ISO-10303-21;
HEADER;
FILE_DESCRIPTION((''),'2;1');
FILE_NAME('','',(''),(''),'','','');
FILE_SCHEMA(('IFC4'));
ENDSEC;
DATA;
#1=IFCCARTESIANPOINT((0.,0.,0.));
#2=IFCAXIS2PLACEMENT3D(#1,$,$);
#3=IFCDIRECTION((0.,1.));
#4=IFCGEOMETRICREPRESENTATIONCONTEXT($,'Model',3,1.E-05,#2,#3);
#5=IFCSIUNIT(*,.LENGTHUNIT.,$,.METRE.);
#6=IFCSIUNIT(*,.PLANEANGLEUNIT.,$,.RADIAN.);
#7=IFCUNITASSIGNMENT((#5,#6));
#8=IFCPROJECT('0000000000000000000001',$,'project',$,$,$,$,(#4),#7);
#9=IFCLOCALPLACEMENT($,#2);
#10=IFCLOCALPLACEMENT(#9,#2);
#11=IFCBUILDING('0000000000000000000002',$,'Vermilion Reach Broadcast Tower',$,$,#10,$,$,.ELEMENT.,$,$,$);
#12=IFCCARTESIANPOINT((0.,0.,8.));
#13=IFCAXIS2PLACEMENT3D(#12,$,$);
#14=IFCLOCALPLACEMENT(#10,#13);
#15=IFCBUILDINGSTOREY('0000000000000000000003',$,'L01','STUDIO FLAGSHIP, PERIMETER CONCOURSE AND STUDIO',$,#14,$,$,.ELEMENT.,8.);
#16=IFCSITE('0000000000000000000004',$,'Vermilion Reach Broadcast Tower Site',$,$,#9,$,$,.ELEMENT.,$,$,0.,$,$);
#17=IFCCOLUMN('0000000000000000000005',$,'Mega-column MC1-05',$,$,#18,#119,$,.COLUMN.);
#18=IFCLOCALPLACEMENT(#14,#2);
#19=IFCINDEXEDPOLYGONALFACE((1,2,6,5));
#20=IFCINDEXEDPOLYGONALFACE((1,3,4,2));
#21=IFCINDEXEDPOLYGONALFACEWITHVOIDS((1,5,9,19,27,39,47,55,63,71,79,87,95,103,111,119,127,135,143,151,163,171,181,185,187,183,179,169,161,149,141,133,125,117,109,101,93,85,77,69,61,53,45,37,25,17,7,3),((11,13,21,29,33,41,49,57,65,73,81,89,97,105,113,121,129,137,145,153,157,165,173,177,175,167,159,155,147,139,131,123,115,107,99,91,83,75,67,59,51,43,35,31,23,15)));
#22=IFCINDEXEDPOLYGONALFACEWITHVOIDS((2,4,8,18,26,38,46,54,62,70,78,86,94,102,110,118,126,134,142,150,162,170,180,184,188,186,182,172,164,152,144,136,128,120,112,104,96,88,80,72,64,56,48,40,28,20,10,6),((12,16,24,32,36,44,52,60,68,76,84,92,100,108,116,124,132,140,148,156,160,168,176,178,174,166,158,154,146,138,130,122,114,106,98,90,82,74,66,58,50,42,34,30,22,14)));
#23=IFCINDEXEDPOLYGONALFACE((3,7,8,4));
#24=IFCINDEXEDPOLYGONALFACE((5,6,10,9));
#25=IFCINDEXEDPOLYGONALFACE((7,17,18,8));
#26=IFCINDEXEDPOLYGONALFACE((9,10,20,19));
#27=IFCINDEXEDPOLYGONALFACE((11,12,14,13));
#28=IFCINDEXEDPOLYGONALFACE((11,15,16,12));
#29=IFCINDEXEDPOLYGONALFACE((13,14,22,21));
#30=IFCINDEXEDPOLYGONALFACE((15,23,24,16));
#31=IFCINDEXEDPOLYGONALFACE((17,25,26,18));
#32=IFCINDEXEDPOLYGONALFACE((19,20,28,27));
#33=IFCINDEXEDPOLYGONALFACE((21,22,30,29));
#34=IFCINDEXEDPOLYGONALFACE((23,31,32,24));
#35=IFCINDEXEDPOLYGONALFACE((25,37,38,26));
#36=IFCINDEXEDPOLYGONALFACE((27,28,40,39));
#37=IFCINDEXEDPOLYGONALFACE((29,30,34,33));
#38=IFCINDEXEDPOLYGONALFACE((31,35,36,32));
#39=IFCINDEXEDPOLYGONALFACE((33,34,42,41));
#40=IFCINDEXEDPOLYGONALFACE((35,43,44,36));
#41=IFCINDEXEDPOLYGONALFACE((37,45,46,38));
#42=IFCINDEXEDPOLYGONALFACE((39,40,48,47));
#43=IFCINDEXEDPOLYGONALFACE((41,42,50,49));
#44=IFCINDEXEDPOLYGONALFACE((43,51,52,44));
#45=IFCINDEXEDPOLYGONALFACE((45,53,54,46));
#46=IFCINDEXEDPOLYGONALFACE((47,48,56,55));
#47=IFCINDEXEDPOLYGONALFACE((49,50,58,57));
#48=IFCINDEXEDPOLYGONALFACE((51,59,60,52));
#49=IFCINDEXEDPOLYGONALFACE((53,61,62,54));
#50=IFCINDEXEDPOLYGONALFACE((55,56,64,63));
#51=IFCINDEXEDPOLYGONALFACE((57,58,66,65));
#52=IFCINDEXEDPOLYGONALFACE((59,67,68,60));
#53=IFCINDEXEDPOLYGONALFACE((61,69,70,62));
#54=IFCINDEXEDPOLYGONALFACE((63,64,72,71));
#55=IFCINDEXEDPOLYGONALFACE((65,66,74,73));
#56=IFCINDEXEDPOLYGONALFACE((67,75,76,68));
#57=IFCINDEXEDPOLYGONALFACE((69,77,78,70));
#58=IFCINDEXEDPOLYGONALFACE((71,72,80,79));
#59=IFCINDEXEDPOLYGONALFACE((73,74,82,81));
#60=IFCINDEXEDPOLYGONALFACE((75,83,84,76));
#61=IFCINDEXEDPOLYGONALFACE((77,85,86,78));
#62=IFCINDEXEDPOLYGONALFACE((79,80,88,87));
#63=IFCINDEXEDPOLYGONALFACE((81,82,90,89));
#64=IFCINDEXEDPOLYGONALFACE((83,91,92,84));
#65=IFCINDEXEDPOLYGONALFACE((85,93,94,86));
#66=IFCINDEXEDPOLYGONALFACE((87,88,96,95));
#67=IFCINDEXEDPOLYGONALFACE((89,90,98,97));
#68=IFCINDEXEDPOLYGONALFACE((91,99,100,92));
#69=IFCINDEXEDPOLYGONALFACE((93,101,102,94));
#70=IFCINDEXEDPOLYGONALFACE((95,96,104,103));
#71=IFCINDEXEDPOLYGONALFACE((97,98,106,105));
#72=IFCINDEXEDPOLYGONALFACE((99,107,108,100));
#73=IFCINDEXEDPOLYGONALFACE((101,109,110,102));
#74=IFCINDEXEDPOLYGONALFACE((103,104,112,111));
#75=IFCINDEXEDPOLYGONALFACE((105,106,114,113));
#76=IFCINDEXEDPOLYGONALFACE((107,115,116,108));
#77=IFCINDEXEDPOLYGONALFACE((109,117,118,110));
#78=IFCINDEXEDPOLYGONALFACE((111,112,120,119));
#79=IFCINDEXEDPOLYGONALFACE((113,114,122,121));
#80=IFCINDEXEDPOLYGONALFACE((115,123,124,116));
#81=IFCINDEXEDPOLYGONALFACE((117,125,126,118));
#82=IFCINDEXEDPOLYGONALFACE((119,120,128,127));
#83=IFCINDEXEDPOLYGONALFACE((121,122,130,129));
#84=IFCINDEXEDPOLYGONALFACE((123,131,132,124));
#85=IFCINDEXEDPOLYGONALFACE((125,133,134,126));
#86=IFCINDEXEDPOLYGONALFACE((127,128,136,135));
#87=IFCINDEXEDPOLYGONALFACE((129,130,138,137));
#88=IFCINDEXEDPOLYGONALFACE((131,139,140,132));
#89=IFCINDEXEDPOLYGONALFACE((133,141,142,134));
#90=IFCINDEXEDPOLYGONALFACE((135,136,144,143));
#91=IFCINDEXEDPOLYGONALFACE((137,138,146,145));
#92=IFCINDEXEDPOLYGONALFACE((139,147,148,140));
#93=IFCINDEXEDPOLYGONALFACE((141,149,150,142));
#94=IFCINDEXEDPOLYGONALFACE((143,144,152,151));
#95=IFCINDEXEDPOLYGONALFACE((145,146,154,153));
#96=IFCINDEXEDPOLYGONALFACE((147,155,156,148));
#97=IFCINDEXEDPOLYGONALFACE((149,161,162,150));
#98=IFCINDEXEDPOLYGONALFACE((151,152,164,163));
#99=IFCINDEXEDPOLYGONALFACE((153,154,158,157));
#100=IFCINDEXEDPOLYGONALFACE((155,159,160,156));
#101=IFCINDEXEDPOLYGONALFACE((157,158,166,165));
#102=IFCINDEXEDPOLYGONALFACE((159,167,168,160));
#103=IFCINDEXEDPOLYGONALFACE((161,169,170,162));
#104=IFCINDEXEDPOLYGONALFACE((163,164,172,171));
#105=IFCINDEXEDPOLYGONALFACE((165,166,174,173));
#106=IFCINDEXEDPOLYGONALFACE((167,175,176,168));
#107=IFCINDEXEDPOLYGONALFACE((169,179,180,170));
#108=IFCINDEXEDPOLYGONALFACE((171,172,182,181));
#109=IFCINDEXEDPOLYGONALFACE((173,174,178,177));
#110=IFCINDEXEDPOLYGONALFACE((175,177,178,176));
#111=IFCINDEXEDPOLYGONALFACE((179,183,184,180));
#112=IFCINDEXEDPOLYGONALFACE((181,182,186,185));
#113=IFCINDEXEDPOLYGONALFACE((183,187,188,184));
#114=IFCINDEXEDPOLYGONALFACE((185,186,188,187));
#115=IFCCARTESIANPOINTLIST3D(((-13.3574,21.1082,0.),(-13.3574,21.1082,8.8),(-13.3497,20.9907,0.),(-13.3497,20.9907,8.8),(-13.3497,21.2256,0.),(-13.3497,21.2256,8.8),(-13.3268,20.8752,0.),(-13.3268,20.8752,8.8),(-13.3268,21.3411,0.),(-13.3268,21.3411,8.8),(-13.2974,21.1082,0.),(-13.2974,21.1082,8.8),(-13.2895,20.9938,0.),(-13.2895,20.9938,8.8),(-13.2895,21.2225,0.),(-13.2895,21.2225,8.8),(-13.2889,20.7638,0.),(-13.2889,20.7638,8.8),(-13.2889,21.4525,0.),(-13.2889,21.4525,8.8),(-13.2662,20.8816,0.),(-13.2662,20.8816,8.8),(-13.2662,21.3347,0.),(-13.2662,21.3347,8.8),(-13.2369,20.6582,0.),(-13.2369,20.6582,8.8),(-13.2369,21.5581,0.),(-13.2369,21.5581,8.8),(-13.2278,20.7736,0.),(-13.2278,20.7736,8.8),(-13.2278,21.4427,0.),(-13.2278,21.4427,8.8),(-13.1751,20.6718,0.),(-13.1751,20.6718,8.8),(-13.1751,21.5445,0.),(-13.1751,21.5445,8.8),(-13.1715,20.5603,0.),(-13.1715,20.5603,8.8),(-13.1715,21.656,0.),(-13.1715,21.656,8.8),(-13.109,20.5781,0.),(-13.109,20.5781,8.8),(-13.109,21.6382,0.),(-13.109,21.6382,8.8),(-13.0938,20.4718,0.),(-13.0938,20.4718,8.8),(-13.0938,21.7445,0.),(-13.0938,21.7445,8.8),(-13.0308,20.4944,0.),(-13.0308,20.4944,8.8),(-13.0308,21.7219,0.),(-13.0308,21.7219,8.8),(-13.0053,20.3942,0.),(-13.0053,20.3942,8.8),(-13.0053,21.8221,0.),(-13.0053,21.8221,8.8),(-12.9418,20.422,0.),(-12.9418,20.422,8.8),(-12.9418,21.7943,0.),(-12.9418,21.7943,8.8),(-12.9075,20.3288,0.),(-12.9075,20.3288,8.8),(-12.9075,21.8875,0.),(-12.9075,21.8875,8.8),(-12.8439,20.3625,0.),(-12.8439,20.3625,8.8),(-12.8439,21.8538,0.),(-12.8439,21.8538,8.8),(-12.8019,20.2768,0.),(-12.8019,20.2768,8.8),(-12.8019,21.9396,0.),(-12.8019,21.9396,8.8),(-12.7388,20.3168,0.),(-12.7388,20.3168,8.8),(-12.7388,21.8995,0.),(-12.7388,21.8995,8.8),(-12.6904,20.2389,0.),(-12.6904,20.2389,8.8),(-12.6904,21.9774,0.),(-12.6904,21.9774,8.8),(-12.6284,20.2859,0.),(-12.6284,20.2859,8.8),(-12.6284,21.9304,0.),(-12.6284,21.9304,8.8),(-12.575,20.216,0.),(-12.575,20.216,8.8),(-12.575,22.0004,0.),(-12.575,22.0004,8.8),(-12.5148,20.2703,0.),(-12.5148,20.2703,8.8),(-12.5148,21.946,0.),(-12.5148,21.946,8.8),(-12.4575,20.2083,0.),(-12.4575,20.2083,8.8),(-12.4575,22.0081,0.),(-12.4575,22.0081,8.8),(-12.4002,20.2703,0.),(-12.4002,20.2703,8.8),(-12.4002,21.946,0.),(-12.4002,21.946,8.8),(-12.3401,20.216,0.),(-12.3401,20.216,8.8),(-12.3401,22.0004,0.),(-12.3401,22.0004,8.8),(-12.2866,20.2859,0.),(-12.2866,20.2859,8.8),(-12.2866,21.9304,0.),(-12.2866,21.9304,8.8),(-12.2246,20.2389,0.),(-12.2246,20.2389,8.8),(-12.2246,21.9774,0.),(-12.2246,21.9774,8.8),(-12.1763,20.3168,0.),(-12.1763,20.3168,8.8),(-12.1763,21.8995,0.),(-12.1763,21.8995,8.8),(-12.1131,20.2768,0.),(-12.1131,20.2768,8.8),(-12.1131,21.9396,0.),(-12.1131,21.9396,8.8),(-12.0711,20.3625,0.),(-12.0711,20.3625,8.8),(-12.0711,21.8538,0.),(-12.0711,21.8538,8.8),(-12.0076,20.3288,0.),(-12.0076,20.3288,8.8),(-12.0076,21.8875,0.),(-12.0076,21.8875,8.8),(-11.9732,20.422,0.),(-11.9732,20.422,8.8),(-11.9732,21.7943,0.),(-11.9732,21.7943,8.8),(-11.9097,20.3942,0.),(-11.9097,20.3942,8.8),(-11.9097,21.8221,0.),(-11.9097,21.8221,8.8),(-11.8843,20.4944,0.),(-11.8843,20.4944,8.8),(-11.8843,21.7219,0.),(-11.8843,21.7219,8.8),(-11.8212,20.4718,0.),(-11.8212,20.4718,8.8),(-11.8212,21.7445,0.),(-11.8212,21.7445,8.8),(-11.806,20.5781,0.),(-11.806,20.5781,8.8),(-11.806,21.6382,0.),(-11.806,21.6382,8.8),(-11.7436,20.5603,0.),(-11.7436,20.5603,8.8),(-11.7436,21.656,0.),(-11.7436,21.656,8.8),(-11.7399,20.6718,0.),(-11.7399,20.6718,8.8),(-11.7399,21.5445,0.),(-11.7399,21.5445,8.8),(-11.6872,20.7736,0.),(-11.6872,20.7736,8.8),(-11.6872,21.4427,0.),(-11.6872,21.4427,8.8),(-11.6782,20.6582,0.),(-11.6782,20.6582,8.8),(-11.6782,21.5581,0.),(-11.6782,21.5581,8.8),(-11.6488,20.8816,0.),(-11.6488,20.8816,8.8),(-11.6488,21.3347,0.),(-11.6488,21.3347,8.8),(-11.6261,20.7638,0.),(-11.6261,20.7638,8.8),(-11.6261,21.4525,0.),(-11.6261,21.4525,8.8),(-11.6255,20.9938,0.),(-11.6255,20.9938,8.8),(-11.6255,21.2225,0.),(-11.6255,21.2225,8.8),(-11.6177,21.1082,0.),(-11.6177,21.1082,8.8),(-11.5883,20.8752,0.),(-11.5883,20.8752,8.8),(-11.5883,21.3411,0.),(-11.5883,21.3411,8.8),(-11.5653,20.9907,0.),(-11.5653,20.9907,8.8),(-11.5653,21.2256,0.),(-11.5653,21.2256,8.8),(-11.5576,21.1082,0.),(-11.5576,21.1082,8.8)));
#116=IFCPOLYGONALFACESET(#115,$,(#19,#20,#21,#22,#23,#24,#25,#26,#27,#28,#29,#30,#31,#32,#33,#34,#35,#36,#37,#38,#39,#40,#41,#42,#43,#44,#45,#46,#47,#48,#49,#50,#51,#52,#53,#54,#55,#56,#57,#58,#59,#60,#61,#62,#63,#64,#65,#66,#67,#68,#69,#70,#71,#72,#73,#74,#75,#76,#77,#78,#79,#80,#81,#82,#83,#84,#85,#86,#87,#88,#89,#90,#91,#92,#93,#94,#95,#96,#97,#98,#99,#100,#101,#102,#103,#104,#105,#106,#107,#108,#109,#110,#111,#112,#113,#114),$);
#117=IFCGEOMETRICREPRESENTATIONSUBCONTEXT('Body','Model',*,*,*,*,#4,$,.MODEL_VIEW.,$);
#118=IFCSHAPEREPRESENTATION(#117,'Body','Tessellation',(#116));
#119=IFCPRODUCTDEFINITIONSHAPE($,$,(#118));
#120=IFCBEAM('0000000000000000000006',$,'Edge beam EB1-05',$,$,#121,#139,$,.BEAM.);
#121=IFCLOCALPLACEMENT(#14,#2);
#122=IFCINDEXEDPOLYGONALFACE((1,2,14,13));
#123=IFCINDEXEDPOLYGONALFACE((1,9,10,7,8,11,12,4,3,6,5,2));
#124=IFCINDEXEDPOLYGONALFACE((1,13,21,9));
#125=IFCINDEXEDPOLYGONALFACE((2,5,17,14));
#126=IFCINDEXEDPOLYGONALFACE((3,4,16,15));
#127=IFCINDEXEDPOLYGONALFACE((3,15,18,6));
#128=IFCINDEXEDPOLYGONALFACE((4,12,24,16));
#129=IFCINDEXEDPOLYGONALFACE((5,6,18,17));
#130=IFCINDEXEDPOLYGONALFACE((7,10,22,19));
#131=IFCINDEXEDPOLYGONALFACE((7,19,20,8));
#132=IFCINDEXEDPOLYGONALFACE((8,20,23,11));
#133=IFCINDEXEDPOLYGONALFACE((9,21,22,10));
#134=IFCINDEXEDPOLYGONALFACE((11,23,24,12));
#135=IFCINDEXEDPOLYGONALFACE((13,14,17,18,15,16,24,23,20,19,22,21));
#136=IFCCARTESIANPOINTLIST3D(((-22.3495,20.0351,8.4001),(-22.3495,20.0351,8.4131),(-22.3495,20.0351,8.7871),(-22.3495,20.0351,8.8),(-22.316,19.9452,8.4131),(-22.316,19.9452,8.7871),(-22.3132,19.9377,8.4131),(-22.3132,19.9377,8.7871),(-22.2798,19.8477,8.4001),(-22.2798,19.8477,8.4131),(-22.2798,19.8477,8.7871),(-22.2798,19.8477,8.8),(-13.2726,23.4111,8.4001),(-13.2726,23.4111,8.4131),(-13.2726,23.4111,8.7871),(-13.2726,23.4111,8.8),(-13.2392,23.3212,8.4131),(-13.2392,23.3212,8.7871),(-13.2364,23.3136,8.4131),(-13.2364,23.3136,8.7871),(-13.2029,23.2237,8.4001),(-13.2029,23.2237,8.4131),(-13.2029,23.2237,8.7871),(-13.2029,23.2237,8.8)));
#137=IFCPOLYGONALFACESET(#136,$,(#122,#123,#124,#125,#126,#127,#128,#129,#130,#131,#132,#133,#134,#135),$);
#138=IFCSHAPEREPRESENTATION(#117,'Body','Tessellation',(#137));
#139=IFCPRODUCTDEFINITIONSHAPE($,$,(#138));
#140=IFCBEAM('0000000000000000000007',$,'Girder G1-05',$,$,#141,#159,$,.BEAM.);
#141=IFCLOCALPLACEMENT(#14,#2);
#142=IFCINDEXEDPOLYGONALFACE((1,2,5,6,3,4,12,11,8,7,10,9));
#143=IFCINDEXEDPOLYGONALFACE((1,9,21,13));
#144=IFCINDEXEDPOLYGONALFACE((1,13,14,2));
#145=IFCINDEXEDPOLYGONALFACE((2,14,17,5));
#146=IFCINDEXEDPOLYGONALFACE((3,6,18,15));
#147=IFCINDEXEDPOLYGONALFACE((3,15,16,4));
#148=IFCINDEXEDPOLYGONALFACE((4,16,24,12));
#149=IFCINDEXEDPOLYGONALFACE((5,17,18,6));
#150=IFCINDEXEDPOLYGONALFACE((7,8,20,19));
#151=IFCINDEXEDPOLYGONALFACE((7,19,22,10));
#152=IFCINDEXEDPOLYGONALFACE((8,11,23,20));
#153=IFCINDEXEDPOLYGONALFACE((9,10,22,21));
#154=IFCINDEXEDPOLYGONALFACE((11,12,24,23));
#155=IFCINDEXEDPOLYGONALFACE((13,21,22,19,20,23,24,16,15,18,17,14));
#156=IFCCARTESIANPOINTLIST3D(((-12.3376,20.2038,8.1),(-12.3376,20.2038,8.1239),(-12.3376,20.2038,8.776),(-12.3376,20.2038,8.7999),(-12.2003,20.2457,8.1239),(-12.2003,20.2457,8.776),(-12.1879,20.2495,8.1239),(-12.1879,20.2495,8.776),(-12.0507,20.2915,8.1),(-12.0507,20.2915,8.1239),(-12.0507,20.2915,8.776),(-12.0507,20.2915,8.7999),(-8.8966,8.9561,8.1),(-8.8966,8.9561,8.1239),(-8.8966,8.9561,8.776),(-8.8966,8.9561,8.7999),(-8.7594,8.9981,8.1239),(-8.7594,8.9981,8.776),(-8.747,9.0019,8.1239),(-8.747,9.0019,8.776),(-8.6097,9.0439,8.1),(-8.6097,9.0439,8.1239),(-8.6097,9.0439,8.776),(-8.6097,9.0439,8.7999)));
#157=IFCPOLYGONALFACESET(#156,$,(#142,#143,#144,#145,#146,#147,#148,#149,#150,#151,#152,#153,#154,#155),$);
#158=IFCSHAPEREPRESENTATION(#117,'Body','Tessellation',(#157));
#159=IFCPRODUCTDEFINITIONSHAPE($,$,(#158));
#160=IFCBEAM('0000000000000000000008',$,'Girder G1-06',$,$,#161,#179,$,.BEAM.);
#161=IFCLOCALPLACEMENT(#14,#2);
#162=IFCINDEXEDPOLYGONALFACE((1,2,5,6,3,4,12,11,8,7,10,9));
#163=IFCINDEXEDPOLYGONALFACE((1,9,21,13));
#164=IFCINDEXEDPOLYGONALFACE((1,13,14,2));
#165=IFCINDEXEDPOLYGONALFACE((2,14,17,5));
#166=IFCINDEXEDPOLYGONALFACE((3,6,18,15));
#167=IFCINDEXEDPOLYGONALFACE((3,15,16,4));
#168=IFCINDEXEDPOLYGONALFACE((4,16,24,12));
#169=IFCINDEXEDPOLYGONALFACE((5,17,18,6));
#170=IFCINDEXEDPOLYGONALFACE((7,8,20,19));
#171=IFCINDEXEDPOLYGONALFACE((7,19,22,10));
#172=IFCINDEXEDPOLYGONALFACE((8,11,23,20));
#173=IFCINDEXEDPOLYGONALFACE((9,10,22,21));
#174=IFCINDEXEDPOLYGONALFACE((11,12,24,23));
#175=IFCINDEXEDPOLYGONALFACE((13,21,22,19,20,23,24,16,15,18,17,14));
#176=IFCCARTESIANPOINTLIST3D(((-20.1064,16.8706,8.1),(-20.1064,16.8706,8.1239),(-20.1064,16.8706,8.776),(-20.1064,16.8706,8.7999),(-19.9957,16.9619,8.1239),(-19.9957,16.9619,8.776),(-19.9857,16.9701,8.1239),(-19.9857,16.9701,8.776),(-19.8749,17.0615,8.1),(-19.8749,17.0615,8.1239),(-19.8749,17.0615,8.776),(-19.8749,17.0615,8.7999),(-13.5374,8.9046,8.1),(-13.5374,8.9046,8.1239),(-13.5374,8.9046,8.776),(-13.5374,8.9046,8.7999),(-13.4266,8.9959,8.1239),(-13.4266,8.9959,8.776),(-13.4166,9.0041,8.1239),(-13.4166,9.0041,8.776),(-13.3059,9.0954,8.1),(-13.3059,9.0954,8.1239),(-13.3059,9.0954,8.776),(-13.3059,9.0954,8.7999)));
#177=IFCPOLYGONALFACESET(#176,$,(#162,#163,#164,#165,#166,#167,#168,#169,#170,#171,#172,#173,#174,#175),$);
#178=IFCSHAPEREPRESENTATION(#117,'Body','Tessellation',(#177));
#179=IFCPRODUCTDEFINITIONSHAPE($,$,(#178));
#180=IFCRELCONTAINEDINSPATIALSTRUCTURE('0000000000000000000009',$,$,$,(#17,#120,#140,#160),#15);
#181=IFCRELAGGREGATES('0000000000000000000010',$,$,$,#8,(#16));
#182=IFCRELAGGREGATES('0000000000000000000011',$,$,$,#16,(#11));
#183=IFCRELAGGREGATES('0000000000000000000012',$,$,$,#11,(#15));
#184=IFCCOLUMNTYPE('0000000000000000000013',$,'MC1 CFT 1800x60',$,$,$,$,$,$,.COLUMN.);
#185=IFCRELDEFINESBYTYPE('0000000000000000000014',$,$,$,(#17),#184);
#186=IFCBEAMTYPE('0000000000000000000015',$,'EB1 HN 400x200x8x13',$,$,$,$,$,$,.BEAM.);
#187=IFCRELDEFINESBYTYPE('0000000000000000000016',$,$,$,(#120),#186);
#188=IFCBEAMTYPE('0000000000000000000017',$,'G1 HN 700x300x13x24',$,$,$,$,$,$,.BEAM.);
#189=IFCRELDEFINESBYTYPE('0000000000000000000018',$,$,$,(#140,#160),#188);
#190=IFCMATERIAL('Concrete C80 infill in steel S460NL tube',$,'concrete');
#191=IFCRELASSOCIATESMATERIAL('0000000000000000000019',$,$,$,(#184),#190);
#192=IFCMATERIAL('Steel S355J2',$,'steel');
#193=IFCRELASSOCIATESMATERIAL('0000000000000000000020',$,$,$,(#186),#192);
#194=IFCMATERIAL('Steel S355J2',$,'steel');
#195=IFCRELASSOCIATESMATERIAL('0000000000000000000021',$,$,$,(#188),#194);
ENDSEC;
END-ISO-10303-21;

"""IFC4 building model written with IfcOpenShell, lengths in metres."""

from ifc_helpers import new_model, si_unit, direction, frame, origin, origin_2d, place, context, subcontext, project, spatial, hollow_circle, i_section, extrude, material, material_profile, profile_set, type_object, element, save


model = new_model("IFC4")

# Units and contexts
model_context = context("Model", 3, precision=1e-05, world=origin(), true_north=direction((0.0, 1.0)))
body_context = subcontext(model_context, "Body", "Model", "MODEL_VIEW")
ifc_project = project(units=[si_unit("LENGTHUNIT", "METRE"), si_unit("PLANEANGLEUNIT", "RADIAN")], contexts=[model_context])

# Site, building, storey
site_placement = place(None, origin())
site = spatial("IfcSite", under=ifc_project, at=site_placement, Name="Vermilion Reach Broadcast Tower Site", CompositionType="ELEMENT", RefElevation=0.0)
building_placement = place(site_placement, origin())
building = spatial("IfcBuilding", under=site, at=building_placement, Name="Vermilion Reach Broadcast Tower", CompositionType="ELEMENT")
storey_placement = place(building_placement, frame((0.0, 0.0, 8.0)))
storey = spatial("IfcBuildingStorey", under=building, at=storey_placement, Name="L01", Description="STUDIO FLAGSHIP, PERIMETER CONCOURSE AND STUDIO", CompositionType="ELEMENT", Elevation=8.0)

# Column
ifc_material_1 = material(Name="Concrete C80 infill in steel S460NL tube", Category="concrete")
ifc_material_profile_1 = material_profile(ifc_material_1, hollow_circle(Radius=0.8999, WallThickness=0.0601, at=origin_2d()), Name="Concrete C80 infill in steel S460NL tube CFT 1800x60")
ifc_profile_set_1 = profile_set([ifc_material_profile_1], Name="Concrete C80 infill in steel S460NL tube")
column_type = type_object("IfcColumnType", Name="MC1 CFT 1800x60", PredefinedType="COLUMN", material=ifc_profile_set_1)
column_placement = place(storey_placement, frame((-12.4575, 21.1082, 0.0), z_axis=(0.0, 0.0, 1.0), x_axis=(1.0, 0.0, 0.0)))
element("IfcColumn", 1, at=column_placement, inside=storey, type_object=column_type, Name="Mega-column MC1-05", PredefinedType="COLUMN", context=body_context, shape_type="SweptSolid", body=[
    extrude(hollow_circle(Radius=0.8999, WallThickness=0.0601, at=origin_2d()), origin(), (0.0, 0.0, 1.0), 8.8),
])

# Beams
ifc_material_2 = material(Name="Steel S355J2", Category="steel")
ifc_material_profile_2 = material_profile(ifc_material_2, i_section(OverallWidth=0.2, OverallDepth=0.3999, WebThickness=0.0081, FlangeThickness=0.0129, at=origin_2d()), Name="S355J2 HN 400x200x8x13")
ifc_profile_set_2 = profile_set([ifc_material_profile_2], Name="Steel S355J2")
beam_type_1 = type_object("IfcBeamType", Name="EB1 HN 400x200x8x13", PredefinedType="BEAM", material=ifc_profile_set_2)
beam_1_placement = place(storey_placement, frame((-13.2378, 23.3174, 8.6001), z_axis=(-0.937272, -0.3486, 0.0), x_axis=(0.3486, -0.937272, 0.0)))
element("IfcBeam", 2, at=beam_1_placement, inside=storey, type_object=beam_type_1, Name="Edge beam EB1-05", PredefinedType="BEAM", context=body_context, shape_type="SweptSolid", body=[
    extrude(i_section(OverallWidth=0.2, OverallDepth=0.3999, WebThickness=0.0081, FlangeThickness=0.0129, at=origin_2d()), origin(), (0.0, 0.0, 1.0), 9.6843),
])
ifc_material_3 = material(Name="Steel S355J2", Category="steel")
ifc_material_profile_3 = material_profile(ifc_material_3, i_section(OverallWidth=0.3, OverallDepth=0.7, WebThickness=0.0129, FlangeThickness=0.0239, at=origin_2d()), Name="S355J2 HN 700x300x13x24")
ifc_profile_set_3 = profile_set([ifc_material_profile_3], Name="Steel S355J2")
beam_type_2 = type_object("IfcBeamType", Name="G1 HN 700x300x13x24", PredefinedType="BEAM", material=ifc_profile_set_3)
beam_2_placement = place(storey_placement, frame((-8.7532, 9.0, 8.45), z_axis=(-0.292542, 0.956253, 0.0), x_axis=(-0.956253, -0.292542, 0.0)))
element("IfcBeam", 3, at=beam_2_placement, inside=storey, type_object=beam_type_2, Name="Girder G1-05", PredefinedType="BEAM", context=body_context, shape_type="SweptSolid", body=[
    extrude(i_section(OverallWidth=0.3, OverallDepth=0.7, WebThickness=0.0129, FlangeThickness=0.0239, at=origin_2d()), origin(), (0.0, 0.0, 1.0), 11.7622),
])
beam_3_placement = place(storey_placement, frame((-13.4216, 9.0, 8.45), z_axis=(-0.636215, 0.771512, 0.0), x_axis=(-0.771512, -0.636215, 0.0)))
element("IfcBeam", 4, at=beam_3_placement, inside=storey, type_object=beam_type_2, Name="Girder G1-06", PredefinedType="BEAM", context=body_context, shape_type="SweptSolid", body=[
    extrude(i_section(OverallWidth=0.3, OverallDepth=0.7, WebThickness=0.0129, FlangeThickness=0.0239, at=origin_2d()), origin(), (0.0, 0.0, 1.0), 10.3252),
])

save(model, "model.ifc")
